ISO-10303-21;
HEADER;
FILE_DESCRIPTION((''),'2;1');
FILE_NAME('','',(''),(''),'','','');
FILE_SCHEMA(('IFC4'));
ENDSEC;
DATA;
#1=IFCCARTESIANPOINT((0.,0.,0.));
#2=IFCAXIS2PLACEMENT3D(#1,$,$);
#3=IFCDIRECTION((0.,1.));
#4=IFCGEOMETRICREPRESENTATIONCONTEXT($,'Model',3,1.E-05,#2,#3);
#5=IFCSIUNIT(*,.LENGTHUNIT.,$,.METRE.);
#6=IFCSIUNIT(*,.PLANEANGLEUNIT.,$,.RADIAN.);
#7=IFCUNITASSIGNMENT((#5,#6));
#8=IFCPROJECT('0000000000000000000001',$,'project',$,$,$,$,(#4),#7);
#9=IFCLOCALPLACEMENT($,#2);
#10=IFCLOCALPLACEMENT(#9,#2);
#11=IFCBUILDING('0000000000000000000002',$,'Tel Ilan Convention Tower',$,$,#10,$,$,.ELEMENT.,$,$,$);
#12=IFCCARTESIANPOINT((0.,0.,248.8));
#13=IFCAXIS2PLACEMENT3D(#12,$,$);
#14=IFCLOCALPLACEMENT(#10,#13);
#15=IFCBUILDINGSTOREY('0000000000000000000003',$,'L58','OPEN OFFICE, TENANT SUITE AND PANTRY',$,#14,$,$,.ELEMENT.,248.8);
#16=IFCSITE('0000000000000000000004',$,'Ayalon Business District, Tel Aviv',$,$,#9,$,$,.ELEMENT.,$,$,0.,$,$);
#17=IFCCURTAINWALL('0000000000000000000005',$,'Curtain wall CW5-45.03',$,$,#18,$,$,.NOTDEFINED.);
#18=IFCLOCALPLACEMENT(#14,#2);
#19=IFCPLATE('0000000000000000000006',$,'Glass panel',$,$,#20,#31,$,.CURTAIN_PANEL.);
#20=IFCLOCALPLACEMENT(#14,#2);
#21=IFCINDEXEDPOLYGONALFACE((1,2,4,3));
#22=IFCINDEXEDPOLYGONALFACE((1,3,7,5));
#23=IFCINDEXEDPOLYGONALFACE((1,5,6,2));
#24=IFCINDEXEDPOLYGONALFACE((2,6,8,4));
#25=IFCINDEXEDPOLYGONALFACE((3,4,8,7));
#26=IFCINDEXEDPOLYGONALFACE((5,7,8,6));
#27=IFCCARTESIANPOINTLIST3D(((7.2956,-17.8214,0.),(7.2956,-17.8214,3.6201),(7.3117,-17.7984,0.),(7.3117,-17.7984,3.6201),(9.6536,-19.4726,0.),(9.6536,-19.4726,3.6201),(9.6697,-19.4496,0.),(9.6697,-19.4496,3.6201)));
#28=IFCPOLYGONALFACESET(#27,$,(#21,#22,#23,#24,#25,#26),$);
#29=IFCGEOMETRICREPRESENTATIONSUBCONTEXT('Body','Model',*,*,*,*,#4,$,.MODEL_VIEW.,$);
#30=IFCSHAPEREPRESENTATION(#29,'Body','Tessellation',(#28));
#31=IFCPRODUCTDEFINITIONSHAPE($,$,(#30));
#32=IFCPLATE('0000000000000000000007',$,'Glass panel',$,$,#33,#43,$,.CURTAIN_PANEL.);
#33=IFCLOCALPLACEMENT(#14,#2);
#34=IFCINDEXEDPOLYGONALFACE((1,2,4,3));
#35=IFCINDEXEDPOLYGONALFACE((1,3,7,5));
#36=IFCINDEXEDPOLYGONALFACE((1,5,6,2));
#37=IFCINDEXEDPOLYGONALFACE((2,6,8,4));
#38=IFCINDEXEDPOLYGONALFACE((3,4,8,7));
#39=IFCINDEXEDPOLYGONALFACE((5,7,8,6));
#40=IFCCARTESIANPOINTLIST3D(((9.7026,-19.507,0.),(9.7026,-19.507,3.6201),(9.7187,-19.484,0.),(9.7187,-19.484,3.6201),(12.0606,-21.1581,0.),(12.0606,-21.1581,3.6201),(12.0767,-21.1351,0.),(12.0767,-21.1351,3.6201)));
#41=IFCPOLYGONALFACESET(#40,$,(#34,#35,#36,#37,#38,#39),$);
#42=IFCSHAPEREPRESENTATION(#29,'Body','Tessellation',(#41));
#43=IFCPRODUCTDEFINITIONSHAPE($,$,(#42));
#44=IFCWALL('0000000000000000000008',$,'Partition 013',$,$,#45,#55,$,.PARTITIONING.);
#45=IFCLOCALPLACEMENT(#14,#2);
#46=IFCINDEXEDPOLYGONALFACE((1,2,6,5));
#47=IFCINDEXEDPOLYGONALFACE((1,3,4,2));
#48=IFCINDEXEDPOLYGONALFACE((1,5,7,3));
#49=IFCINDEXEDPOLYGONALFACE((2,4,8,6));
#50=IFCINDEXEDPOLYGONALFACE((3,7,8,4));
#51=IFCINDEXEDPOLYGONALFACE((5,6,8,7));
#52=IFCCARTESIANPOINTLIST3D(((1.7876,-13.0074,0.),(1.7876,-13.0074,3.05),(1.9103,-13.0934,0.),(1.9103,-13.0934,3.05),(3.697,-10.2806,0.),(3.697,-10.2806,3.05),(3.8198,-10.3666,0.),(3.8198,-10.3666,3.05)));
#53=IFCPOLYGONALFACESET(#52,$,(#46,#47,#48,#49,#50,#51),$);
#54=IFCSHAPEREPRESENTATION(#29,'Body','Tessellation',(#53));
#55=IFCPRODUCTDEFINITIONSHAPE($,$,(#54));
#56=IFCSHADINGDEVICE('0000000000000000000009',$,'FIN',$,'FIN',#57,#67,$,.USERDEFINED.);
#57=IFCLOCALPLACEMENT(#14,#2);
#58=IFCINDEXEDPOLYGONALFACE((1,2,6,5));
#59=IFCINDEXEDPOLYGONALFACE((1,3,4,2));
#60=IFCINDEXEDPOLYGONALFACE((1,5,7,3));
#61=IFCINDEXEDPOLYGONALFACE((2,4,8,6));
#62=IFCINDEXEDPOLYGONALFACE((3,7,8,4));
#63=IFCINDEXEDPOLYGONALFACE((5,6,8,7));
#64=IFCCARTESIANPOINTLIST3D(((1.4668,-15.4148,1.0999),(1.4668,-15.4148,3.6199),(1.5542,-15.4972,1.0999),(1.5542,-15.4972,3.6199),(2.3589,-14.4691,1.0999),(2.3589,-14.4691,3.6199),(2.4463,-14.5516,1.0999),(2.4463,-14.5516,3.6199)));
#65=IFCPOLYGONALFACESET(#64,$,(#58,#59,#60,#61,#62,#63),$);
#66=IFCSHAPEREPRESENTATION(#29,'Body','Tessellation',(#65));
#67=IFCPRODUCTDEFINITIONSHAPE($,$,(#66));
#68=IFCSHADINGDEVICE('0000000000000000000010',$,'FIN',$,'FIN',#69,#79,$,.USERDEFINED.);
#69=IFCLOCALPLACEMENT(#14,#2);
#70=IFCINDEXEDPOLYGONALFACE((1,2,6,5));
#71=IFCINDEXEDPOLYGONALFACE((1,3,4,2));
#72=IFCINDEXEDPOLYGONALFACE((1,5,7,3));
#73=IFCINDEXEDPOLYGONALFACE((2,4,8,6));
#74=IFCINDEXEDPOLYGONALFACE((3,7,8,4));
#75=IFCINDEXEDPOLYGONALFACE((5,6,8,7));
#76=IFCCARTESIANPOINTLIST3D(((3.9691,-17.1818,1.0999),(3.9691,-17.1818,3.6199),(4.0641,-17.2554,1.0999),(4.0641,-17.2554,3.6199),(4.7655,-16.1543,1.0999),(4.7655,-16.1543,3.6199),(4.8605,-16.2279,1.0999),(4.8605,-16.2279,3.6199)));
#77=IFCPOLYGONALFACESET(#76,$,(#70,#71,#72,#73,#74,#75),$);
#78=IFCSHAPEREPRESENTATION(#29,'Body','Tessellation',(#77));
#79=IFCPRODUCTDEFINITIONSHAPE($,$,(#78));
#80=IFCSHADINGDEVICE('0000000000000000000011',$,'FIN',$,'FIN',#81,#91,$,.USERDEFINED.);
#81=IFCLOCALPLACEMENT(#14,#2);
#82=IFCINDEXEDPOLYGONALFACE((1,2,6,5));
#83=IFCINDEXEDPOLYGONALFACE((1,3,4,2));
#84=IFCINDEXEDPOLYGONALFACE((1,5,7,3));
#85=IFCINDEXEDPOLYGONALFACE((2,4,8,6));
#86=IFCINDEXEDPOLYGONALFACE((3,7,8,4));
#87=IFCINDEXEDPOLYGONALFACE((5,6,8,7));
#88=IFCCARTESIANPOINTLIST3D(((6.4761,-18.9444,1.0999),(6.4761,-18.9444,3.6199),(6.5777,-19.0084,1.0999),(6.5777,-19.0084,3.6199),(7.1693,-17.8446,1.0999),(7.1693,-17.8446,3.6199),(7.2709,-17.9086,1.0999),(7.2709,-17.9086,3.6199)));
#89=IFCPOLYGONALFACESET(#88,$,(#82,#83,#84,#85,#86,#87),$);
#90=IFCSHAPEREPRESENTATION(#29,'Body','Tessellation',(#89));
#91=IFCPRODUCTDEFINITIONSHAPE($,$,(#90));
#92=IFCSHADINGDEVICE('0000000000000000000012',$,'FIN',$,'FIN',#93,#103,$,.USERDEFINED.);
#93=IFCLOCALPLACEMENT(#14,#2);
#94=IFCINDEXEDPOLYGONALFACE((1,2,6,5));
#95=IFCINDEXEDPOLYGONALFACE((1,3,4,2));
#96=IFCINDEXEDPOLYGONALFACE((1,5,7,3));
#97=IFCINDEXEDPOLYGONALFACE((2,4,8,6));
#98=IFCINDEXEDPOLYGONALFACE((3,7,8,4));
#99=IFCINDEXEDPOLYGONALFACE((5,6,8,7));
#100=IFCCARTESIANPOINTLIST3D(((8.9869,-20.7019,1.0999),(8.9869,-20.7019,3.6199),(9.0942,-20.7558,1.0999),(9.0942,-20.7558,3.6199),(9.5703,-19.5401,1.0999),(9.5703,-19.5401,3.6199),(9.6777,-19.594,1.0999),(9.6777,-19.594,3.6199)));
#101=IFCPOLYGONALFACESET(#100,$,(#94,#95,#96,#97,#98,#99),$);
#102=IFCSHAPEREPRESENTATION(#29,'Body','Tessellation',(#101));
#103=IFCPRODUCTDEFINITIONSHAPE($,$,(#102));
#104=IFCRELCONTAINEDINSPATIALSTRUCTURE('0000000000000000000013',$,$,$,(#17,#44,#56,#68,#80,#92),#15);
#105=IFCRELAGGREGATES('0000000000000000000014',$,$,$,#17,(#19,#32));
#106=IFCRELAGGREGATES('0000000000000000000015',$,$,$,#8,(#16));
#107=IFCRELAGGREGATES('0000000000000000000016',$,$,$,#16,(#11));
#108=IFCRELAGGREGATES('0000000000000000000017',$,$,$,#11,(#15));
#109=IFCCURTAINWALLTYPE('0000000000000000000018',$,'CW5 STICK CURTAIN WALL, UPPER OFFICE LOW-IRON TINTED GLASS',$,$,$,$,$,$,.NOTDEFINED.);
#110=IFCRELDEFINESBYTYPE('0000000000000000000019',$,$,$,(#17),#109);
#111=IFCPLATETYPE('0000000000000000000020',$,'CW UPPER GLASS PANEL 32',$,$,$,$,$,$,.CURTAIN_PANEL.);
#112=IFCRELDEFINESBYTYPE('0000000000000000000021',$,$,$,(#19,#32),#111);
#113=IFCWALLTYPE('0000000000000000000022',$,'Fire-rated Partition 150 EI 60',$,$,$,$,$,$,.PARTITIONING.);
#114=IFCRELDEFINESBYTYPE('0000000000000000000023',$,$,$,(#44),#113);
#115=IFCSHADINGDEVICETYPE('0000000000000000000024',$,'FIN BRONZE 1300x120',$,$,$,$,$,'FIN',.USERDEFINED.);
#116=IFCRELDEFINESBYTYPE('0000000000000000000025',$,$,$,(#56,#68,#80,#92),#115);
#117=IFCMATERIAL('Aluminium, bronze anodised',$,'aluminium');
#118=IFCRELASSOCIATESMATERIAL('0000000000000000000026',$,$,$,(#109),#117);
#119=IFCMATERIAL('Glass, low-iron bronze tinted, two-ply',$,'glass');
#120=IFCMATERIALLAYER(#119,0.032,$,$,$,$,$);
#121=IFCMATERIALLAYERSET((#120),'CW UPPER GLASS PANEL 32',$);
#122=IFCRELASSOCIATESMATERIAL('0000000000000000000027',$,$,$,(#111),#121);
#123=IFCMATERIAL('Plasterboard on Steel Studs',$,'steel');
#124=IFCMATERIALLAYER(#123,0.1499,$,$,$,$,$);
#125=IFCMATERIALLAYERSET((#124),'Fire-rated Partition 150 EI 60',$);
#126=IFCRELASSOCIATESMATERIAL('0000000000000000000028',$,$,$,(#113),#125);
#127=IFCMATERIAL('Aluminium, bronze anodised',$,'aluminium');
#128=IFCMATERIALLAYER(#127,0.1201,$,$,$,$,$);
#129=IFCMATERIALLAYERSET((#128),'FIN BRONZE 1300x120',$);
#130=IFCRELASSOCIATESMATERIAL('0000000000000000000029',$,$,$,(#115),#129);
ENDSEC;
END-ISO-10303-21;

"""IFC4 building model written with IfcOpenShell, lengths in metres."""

from ifc_helpers import new_model, si_unit, direction, frame, frame_2d, origin, origin_2d, place, context, subcontext, project, spatial, rectangle, extrude, material, layer, layer_set, type_object, element, aggregate, save


model = new_model("IFC4")

# Units and contexts
model_context = context("Model", 3, precision=1e-05, world=origin(), true_north=direction((0.0, 1.0)))
body_context = subcontext(model_context, "Body", "Model", "MODEL_VIEW")
ifc_project = project(units=[si_unit("LENGTHUNIT", "METRE"), si_unit("PLANEANGLEUNIT", "RADIAN")], contexts=[model_context])

# Site, building, storey
site_placement = place(None, origin())
site = spatial("IfcSite", under=ifc_project, at=site_placement, Name="Ayalon Business District, Tel Aviv", CompositionType="ELEMENT", RefElevation=0.0)
building_placement = place(site_placement, origin())
building = spatial("IfcBuilding", under=site, at=building_placement, Name="Tel Ilan Convention Tower", CompositionType="ELEMENT")
storey_placement = place(building_placement, frame((0.0, 0.0, 248.8)))
storey = spatial("IfcBuildingStorey", under=building, at=storey_placement, Name="L58", Description="OPEN OFFICE, TENANT SUITE AND PANTRY", CompositionType="ELEMENT", Elevation=248.8)

# Curtain wall, plates
ifc_material_1 = material(Name="Aluminium, bronze anodised", Category="aluminium")
curtain_wall_type = type_object("IfcCurtainWallType", Name="CW5 STICK CURTAIN WALL, UPPER OFFICE LOW-IRON TINTED GLASS", PredefinedType="NOTDEFINED", material=ifc_material_1)
curtain_wall_placement = place(storey_placement, origin())
curtain_wall = element("IfcCurtainWall", 1, at=curtain_wall_placement, inside=storey, type_object=curtain_wall_type, Name="Curtain wall CW5-45.03", PredefinedType="NOTDEFINED")
ifc_material_2 = material(Name="Glass, low-iron bronze tinted, two-ply", Category="glass")
ifc_layer_1 = layer(ifc_material_2, 0.032)
ifc_layer_set_1 = layer_set([ifc_layer_1], Name="CW UPPER GLASS PANEL 32")
plate_type = type_object("IfcPlateType", Name="CW UPPER GLASS PANEL 32", PredefinedType="CURTAIN_PANEL", material=ifc_layer_set_1)
plate_1_placement = place(storey_placement, frame((8.4827, -18.6355, 0.0), z_axis=(0.0, 0.0, 1.0), x_axis=(0.819152, -0.573576, 0.0)))
plate_1 = element("IfcPlate", 2, at=plate_1_placement, type_object=plate_type, Name="Glass panel", PredefinedType="CURTAIN_PANEL", context=body_context, shape_type="SweptSolid", body=[
    extrude(rectangle(XDim=2.8787, YDim=0.0281, at=origin_2d()), origin(), (0.0, 0.0, 1.0), 3.6201),
])
plate_2_placement = place(storey_placement, frame((10.8896, -20.321, 0.0), z_axis=(0.0, 0.0, 1.0), x_axis=(0.819152, -0.573576, 0.0)))
plate_2 = element("IfcPlate", 3, at=plate_2_placement, type_object=plate_type, Name="Glass panel", PredefinedType="CURTAIN_PANEL", context=body_context, shape_type="SweptSolid", body=[
    extrude(rectangle(XDim=2.8787, YDim=0.0281, at=origin_2d()), origin(), (0.0, 0.0, 1.0), 3.6201),
])
aggregate(curtain_wall, [plate_1, plate_2])

# Wall
ifc_material_3 = material(Name="Plasterboard on Steel Studs", Category="steel")
ifc_layer_2 = layer(ifc_material_3, 0.1499)
ifc_layer_set_2 = layer_set([ifc_layer_2], Name="Fire-rated Partition 150 EI 60")
wall_type = type_object("IfcWallType", Name="Fire-rated Partition 150 EI 60", PredefinedType="PARTITIONING", material=ifc_layer_set_2)
wall_placement = place(storey_placement, frame((1.8489, -13.0505, 0.0), z_axis=(0.0, 0.0, 1.0), x_axis=(0.573595, 0.819139, 0.0)))
element("IfcWall", 4, at=wall_placement, inside=storey, type_object=wall_type, Name="Partition 013", PredefinedType="PARTITIONING", context=body_context, shape_type="SweptSolid", body=[
    extrude(rectangle(XDim=3.3289, YDim=0.1499, at=frame_2d((1.6646, 0.0))), origin(), (0.0, 0.0, 1.0), 3.05),
])

# Shading devices
ifc_material_4 = material(Name="Aluminium, bronze anodised", Category="aluminium")
ifc_layer_3 = layer(ifc_material_4, 0.1201)
ifc_layer_set_3 = layer_set([ifc_layer_3], Name="FIN BRONZE 1300x120")
shading_device_type = type_object("IfcShadingDeviceType", Name="FIN BRONZE 1300x120", ElementType="FIN", PredefinedType="USERDEFINED", material=ifc_layer_set_3)
for number, where, z_axis, x_axis, name in (
    (5, (1.9565, -14.9832, 1.0999), (0.0, 0.0, 1.0), (-0.686242, -0.727374, 0.0), "FIN"),
    (6, (4.4148, -16.7048, 1.0999), (0.0, 0.0, 1.0), (-0.612601, -0.790393, 0.0), "FIN"),
    (7, (6.8735, -18.4265, 1.0999), (0.0, 0.0, 1.0), (-0.533204, -0.845986, 0.0), "FIN"),
    (8, (9.3323, -20.1479, 1.0999), (0.0, 0.0, 1.0), (-0.448799, -0.893633, 0.0), "FIN"),
):
    element("IfcShadingDevice", number, at=place(storey_placement, frame(where, z_axis=z_axis, x_axis=x_axis)), inside=storey, type_object=shading_device_type, Name=name, ObjectType="FIN", PredefinedType="USERDEFINED", context=body_context, shape_type="SweptSolid", body=[
        extrude(rectangle(XDim=1.3, YDim=0.1201, at=origin_2d()), origin(), (0.0, 0.0, 1.0), 2.52),
    ])

save(model, "model.ifc")
